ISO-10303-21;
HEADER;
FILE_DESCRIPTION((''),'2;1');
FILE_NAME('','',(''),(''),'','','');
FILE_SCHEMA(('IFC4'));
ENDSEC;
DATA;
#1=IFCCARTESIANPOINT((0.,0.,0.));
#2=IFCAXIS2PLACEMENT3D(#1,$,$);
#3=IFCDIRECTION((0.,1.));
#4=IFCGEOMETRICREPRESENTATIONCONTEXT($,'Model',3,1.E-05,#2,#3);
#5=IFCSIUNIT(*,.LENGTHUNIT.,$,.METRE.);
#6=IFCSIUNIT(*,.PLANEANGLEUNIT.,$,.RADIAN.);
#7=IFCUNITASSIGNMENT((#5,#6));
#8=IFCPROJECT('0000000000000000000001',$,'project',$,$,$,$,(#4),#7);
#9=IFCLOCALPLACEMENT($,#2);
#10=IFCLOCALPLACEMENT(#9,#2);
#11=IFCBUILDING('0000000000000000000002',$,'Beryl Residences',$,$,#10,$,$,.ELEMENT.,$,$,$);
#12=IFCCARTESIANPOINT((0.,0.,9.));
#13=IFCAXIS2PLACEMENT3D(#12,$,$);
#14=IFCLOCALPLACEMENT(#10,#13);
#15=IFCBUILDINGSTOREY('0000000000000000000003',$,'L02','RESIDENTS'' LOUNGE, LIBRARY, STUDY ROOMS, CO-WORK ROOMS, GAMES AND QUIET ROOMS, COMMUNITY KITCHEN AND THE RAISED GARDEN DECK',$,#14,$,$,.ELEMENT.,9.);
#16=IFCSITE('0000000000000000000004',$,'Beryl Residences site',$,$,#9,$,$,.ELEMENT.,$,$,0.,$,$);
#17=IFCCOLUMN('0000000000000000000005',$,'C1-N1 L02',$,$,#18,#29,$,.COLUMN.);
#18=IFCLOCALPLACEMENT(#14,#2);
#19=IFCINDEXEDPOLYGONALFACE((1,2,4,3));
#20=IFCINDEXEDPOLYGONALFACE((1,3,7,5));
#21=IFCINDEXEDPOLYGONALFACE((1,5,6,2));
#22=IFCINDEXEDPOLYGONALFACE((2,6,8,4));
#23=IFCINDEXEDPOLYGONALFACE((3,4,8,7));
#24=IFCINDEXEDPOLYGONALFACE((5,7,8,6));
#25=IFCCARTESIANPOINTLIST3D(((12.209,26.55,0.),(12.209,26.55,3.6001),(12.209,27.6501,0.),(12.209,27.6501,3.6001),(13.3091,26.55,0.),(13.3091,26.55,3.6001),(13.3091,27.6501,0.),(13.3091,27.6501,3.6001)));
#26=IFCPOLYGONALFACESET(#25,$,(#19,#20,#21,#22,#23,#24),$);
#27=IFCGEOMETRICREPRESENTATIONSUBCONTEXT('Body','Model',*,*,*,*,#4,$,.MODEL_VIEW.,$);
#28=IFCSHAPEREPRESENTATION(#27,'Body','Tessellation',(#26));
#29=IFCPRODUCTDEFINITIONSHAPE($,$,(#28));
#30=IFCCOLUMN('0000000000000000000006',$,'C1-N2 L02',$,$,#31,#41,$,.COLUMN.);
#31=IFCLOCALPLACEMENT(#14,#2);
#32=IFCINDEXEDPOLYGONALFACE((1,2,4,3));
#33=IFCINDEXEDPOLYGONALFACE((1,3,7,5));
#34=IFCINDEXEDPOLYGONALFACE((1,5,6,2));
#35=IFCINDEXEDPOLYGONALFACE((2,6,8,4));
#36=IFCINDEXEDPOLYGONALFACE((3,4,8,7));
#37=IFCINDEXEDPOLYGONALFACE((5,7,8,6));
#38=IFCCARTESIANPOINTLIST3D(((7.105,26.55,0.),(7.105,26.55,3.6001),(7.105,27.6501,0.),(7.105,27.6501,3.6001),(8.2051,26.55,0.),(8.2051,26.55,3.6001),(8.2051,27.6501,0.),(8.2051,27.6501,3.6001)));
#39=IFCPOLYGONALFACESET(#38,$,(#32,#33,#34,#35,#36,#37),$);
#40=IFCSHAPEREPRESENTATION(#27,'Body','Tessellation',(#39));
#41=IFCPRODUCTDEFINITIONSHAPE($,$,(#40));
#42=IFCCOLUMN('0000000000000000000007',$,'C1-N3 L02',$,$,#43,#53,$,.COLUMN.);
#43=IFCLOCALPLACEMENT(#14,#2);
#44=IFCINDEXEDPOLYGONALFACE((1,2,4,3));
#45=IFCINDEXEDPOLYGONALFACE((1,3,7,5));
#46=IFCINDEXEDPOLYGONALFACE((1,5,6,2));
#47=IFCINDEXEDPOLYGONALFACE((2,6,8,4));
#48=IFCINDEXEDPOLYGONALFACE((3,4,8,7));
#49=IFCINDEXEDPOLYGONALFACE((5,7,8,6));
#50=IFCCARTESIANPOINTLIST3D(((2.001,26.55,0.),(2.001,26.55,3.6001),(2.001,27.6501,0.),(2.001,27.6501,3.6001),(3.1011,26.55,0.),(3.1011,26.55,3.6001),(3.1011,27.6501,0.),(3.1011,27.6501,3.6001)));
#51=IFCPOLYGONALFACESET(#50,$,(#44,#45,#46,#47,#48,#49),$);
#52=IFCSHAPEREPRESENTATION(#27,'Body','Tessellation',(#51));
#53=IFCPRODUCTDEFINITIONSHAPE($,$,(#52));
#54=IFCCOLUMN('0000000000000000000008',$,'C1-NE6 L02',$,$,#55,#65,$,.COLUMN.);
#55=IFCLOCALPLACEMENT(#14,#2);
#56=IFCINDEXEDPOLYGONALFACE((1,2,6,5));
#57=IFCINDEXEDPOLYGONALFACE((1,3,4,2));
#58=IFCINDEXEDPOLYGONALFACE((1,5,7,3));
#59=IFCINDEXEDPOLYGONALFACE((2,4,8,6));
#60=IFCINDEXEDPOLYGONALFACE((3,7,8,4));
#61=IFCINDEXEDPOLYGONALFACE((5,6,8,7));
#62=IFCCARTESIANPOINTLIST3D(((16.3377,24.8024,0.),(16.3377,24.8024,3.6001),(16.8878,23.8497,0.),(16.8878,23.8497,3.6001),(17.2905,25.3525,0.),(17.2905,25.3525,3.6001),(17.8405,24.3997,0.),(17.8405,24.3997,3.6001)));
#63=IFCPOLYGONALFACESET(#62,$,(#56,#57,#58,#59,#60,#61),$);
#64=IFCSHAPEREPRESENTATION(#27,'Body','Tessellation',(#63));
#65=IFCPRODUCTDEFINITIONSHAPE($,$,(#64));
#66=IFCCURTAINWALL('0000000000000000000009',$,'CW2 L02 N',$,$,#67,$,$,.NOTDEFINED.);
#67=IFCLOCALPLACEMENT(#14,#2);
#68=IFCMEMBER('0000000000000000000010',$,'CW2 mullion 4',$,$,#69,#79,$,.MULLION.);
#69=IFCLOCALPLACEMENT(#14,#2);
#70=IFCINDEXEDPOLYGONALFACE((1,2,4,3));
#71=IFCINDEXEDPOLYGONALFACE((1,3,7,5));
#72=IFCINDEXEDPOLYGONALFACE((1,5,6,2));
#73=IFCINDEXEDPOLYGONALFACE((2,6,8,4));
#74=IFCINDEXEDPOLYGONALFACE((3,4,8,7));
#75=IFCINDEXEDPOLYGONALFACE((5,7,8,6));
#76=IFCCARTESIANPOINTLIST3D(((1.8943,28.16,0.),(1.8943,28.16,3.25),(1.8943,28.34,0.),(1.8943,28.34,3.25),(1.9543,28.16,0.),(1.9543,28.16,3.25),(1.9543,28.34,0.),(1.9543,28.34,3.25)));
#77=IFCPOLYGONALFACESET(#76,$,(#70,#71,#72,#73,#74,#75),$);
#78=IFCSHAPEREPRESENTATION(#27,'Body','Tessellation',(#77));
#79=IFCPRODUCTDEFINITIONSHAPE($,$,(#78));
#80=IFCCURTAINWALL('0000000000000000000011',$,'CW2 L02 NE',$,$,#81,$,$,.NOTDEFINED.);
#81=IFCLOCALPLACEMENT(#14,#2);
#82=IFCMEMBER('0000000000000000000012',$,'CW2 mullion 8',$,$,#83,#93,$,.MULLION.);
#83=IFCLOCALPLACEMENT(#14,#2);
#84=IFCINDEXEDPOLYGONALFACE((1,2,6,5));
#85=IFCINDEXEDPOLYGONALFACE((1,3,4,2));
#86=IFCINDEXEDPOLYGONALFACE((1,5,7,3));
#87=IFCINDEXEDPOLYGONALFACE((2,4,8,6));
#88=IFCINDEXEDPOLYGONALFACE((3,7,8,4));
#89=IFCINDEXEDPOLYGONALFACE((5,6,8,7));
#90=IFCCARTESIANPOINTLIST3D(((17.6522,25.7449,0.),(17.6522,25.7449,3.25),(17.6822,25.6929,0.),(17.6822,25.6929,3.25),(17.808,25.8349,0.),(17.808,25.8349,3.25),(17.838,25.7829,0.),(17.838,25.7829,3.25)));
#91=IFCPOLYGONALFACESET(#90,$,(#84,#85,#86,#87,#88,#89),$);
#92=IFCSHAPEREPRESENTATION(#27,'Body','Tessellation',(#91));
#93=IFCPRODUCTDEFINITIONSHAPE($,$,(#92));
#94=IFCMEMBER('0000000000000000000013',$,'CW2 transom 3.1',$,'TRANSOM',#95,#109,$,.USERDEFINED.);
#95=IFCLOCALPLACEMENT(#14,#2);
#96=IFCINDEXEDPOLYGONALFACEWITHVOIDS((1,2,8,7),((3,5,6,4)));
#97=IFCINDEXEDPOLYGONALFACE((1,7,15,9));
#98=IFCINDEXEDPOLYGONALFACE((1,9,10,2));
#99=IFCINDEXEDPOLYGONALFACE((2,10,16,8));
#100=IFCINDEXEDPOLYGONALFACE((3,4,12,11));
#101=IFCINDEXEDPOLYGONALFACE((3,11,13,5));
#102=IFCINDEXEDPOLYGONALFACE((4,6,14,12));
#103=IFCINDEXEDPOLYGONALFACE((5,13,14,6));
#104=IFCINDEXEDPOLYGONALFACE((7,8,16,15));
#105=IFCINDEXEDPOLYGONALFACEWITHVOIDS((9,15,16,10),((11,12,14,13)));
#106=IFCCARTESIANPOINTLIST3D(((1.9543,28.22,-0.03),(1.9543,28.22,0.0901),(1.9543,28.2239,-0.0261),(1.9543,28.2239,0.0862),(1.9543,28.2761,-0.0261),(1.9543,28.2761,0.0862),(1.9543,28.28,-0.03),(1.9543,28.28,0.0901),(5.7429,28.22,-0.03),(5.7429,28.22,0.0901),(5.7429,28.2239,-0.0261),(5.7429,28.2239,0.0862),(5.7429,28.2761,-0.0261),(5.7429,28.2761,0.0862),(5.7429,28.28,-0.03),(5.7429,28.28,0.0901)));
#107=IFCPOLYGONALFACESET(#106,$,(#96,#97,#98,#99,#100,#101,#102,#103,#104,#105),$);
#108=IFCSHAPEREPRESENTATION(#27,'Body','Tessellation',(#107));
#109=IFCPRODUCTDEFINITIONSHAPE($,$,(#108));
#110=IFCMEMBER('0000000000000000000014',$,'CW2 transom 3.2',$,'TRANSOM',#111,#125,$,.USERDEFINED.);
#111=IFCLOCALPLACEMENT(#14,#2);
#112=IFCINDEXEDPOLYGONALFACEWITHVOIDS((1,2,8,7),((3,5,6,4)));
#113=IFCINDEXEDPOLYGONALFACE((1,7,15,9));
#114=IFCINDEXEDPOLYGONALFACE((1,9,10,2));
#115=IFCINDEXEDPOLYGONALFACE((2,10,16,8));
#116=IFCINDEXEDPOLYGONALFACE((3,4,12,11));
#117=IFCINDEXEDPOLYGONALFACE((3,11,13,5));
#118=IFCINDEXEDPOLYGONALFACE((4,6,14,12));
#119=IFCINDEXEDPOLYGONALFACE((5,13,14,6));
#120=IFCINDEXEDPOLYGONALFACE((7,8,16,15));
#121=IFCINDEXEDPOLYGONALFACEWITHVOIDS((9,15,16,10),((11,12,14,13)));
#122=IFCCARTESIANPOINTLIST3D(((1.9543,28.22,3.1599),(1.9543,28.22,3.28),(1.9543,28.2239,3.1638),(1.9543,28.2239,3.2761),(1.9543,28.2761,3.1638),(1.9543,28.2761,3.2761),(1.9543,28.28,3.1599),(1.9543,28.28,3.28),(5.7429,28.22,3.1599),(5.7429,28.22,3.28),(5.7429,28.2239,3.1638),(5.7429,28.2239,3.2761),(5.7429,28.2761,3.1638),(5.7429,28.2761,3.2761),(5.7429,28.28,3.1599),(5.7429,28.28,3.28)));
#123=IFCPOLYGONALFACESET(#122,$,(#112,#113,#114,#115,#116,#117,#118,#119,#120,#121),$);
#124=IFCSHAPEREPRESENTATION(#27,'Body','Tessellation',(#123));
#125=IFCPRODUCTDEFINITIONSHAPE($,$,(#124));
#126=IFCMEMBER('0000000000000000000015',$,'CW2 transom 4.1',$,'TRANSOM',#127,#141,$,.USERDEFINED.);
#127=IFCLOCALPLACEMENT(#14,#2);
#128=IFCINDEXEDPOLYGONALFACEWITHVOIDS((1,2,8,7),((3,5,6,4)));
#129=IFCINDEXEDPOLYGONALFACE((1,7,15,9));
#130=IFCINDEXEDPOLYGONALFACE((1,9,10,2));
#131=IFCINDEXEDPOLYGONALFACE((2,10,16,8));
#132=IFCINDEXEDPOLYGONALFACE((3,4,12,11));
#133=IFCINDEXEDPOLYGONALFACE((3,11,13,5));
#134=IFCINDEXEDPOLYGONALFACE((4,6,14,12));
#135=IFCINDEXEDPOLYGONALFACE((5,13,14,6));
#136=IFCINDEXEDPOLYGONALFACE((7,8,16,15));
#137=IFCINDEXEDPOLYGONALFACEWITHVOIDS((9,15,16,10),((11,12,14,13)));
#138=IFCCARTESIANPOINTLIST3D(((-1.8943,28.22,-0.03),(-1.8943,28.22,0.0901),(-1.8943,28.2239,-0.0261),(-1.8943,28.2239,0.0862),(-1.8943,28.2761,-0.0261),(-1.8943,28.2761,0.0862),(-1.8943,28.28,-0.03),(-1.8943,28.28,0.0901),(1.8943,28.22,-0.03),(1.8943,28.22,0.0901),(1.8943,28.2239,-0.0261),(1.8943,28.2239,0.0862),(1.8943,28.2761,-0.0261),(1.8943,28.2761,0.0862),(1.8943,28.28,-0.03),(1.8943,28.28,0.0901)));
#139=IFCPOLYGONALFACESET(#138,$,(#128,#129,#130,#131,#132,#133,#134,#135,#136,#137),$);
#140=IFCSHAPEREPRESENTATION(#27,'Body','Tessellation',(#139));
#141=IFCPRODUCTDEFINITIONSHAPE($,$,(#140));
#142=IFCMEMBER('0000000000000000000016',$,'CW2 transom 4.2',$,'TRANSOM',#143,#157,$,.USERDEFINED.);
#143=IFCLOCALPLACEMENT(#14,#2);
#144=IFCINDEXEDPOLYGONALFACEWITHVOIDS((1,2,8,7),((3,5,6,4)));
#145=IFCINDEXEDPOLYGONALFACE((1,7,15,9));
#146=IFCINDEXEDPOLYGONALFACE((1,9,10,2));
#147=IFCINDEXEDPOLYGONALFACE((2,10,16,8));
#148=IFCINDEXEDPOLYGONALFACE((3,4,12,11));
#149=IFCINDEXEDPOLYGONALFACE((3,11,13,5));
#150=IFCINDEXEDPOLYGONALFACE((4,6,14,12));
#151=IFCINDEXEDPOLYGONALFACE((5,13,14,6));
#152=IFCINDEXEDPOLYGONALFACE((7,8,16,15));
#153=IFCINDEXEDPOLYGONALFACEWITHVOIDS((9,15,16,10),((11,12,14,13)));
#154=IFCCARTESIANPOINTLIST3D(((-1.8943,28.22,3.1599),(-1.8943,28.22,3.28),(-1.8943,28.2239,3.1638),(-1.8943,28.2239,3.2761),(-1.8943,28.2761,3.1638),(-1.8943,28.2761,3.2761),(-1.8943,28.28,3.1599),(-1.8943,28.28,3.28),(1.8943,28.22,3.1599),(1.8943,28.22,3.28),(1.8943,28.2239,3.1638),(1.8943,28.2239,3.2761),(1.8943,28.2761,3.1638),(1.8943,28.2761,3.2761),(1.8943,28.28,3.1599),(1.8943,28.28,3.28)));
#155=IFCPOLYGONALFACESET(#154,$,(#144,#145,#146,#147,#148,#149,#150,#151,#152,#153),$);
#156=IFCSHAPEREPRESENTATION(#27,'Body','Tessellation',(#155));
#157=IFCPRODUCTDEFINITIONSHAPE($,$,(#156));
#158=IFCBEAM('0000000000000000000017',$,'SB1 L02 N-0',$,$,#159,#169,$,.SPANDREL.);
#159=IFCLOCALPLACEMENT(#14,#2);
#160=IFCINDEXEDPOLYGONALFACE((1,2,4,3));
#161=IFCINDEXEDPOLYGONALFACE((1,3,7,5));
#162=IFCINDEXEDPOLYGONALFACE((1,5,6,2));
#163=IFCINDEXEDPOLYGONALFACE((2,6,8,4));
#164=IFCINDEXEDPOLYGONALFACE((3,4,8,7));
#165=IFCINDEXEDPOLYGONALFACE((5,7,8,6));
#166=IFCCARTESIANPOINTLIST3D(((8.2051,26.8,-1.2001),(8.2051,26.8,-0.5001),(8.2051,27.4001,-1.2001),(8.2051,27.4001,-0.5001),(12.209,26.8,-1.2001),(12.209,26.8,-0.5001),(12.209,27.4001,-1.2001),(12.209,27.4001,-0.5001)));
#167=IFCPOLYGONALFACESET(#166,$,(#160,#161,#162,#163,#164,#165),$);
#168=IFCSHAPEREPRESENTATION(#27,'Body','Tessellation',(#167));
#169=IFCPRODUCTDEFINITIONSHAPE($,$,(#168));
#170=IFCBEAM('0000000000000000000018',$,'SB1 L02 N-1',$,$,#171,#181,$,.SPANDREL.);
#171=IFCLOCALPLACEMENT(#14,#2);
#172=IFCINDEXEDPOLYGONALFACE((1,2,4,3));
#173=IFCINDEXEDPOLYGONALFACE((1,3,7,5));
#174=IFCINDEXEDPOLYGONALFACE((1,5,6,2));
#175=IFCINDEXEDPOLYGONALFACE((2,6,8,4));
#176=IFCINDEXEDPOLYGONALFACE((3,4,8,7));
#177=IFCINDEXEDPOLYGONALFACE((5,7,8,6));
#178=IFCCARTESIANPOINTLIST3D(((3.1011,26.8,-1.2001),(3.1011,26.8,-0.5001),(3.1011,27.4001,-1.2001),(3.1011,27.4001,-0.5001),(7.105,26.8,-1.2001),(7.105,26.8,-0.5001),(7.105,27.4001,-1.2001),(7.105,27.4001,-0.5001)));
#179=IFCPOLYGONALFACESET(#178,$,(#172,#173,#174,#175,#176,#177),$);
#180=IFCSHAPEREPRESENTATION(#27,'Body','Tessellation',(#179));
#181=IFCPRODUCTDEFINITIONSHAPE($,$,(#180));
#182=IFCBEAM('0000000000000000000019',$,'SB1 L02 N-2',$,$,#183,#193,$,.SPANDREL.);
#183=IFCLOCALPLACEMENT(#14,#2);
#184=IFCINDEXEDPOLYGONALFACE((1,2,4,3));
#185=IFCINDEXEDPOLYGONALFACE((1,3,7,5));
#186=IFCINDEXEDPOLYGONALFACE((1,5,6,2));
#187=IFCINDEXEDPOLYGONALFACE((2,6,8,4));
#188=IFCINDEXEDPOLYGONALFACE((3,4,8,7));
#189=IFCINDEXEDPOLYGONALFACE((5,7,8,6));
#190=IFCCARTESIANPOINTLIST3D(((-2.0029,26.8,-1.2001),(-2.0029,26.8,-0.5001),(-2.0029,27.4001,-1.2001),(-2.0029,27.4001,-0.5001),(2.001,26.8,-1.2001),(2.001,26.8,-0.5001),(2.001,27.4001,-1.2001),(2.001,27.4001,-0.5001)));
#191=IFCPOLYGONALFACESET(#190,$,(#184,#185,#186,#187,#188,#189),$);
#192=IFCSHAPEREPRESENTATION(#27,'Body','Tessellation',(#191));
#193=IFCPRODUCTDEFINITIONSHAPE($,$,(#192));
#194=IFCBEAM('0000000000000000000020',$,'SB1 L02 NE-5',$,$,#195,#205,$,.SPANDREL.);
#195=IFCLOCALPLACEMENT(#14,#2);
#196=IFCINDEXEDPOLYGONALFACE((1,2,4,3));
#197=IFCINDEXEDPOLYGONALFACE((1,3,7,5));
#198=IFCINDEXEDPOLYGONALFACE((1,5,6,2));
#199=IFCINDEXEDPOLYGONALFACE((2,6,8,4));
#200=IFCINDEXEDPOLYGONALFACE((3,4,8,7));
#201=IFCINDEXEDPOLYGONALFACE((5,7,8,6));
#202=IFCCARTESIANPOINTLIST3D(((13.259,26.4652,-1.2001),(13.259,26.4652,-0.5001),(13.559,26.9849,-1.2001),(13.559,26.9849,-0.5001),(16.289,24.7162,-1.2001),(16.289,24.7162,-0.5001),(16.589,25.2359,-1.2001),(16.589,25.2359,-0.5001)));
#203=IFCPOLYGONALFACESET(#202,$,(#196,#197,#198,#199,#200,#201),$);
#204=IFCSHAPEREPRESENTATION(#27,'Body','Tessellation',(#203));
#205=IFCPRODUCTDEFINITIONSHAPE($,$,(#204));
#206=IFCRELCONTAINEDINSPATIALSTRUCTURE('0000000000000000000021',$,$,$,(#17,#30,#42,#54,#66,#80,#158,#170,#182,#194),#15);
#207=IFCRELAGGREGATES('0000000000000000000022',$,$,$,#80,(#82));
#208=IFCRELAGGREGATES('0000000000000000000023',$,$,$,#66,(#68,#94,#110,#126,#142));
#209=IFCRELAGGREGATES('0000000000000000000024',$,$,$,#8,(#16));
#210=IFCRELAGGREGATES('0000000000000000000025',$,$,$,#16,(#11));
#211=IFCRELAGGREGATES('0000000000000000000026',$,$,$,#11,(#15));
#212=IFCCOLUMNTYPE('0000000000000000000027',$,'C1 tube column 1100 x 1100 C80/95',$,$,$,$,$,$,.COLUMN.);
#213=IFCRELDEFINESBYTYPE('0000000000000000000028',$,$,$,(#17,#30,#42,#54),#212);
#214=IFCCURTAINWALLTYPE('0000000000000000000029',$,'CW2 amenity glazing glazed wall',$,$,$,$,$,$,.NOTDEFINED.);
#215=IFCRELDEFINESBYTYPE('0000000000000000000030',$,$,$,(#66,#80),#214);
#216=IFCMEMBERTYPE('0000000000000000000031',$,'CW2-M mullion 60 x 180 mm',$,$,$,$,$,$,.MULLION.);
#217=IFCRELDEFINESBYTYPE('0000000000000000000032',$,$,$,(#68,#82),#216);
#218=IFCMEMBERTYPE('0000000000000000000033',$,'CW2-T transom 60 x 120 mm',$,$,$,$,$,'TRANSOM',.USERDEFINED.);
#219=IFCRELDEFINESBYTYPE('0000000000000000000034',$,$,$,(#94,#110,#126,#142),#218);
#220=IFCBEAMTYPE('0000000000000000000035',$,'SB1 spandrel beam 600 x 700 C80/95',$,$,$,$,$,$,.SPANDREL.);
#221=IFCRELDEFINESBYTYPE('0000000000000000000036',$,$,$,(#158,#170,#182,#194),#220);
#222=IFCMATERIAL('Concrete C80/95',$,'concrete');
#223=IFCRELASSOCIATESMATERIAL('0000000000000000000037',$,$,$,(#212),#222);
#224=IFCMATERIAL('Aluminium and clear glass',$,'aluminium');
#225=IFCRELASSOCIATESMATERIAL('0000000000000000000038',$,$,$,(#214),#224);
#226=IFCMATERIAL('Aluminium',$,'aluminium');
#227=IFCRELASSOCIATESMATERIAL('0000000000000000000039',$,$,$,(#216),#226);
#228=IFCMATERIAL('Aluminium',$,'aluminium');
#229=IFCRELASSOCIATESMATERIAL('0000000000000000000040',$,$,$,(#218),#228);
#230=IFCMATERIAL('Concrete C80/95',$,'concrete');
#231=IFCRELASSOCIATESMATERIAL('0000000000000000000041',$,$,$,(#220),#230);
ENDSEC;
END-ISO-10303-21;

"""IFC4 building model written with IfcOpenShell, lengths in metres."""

from ifc_helpers import new_model, si_unit, direction, frame, origin, origin_2d, place, context, subcontext, project, spatial, rectangle, hollow_rectangle, extrude, material, material_profile, profile_set, type_object, element, aggregate, save


model = new_model("IFC4")

# Units and contexts
model_context = context("Model", 3, precision=1e-05, world=origin(), true_north=direction((0.0, 1.0)))
body_context = subcontext(model_context, "Body", "Model", "MODEL_VIEW")
ifc_project = project(units=[si_unit("LENGTHUNIT", "METRE"), si_unit("PLANEANGLEUNIT", "RADIAN")], contexts=[model_context])

# Site, building, storey
site_placement = place(None, origin())
site = spatial("IfcSite", under=ifc_project, at=site_placement, Name="Beryl Residences site", CompositionType="ELEMENT", RefElevation=0.0)
building_placement = place(site_placement, origin())
building = spatial("IfcBuilding", under=site, at=building_placement, Name="Beryl Residences", CompositionType="ELEMENT")
storey_placement = place(building_placement, frame((0.0, 0.0, 9.0)))
storey = spatial("IfcBuildingStorey", under=building, at=storey_placement, Name="L02", Description="RESIDENTS' LOUNGE, LIBRARY, STUDY ROOMS, CO-WORK ROOMS, GAMES AND QUIET ROOMS, COMMUNITY KITCHEN AND THE RAISED GARDEN DECK", CompositionType="ELEMENT", Elevation=9.0)

# Columns
ifc_material_1 = material(Name="Concrete C80/95", Category="concrete")
ifc_material_profile_1 = material_profile(ifc_material_1, rectangle(XDim=1.1001, YDim=1.1001, at=origin_2d()))
ifc_profile_set_1 = profile_set([ifc_material_profile_1], Name="Concrete C80/95")
column_type = type_object("IfcColumnType", Name="C1 tube column 1100 x 1100 C80/95", PredefinedType="COLUMN", material=ifc_profile_set_1)
for number, where, z_axis, x_axis, name in (
    (1, (12.759, 27.1001, 0.0), (0.0, 0.0, 1.0), (-1.0, 0.0, 0.0), "C1-N1 L02"),
    (2, (7.655, 27.1001, 0.0), (0.0, 0.0, 1.0), (-1.0, 0.0, 0.0), "C1-N2 L02"),
    (3, (2.551, 27.1001, 0.0), (0.0, 0.0, 1.0), (-1.0, 0.0, 0.0), "C1-N3 L02"),
    (4, (17.0891, 24.6011, 0.0), (0.0, 0.0, 1.0), (-0.499985, 0.866034, 0.0), "C1-NE6 L02"),
):
    element("IfcColumn", number, at=place(storey_placement, frame(where, z_axis=z_axis, x_axis=x_axis)), inside=storey, type_object=column_type, Name=name, PredefinedType="COLUMN", context=body_context, shape_type="SweptSolid", body=[
        extrude(rectangle(XDim=1.1001, YDim=1.1001, at=origin_2d()), origin(), (0.0, 0.0, 1.0), 3.6001),
    ])

# Curtain walls, members
ifc_material_2 = material(Name="Aluminium and clear glass", Category="aluminium")
curtain_wall_type = type_object("IfcCurtainWallType", Name="CW2 amenity glazing glazed wall", PredefinedType="NOTDEFINED", material=ifc_material_2)
curtain_wall_1_placement = place(storey_placement, origin())
curtain_wall_1 = element("IfcCurtainWall", 5, at=curtain_wall_1_placement, inside=storey, type_object=curtain_wall_type, Name="CW2 L02 N", PredefinedType="NOTDEFINED")
ifc_material_3 = material(Name="Aluminium", Category="aluminium")
ifc_material_profile_2 = material_profile(ifc_material_3, rectangle(XDim=0.0601, YDim=0.1799, at=origin_2d()))
ifc_profile_set_2 = profile_set([ifc_material_profile_2], Name="Aluminium")
member_type_1 = type_object("IfcMemberType", Name="CW2-M mullion 60 x 180 mm", PredefinedType="MULLION", material=ifc_profile_set_2)
member_1_placement = place(storey_placement, frame((1.9243, 28.25, 0.0), z_axis=(0.0, 0.0, 1.0), x_axis=(-1.0, 0.0, 0.0)))
member_1 = element("IfcMember", 6, at=member_1_placement, type_object=member_type_1, Name="CW2 mullion 4", PredefinedType="MULLION", context=body_context, shape_type="SweptSolid", body=[
    extrude(rectangle(XDim=0.0601, YDim=0.1799, at=origin_2d()), origin(), (0.0, 0.0, 1.0), 3.25),
])
curtain_wall_2_placement = place(storey_placement, origin())
curtain_wall_2 = element("IfcCurtainWall", 7, at=curtain_wall_2_placement, inside=storey, type_object=curtain_wall_type, Name="CW2 L02 NE", PredefinedType="NOTDEFINED")
member_2_placement = place(storey_placement, frame((17.7451, 25.7639, 0.0), z_axis=(0.0, 0.0, 1.0), x_axis=(-0.500012, 0.866019, 0.0)))
member_2 = element("IfcMember", 8, at=member_2_placement, type_object=member_type_1, Name="CW2 mullion 8", PredefinedType="MULLION", context=body_context, shape_type="SweptSolid", body=[
    extrude(rectangle(XDim=0.0601, YDim=0.1799, at=origin_2d()), origin(), (0.0, 0.0, 1.0), 3.25),
])
aggregate(curtain_wall_2, [member_2])

# Members
ifc_material_4 = material(Name="Aluminium", Category="aluminium")
ifc_material_profile_3 = material_profile(ifc_material_4, hollow_rectangle(XDim=0.0601, YDim=0.1201, WallThickness=0.0039, at=origin_2d()))
ifc_profile_set_3 = profile_set([ifc_material_profile_3], Name="Aluminium")
member_type_2 = type_object("IfcMemberType", Name="CW2-T transom 60 x 120 mm", ElementType="TRANSOM", PredefinedType="USERDEFINED", material=ifc_profile_set_3)
member_3_placement = place(storey_placement, frame((5.7429, 28.25, 0.03), z_axis=(-1.0, 0.0, 0.0), x_axis=(0.0, -1.0, 0.0)))
member_3 = element("IfcMember", 9, at=member_3_placement, type_object=member_type_2, Name="CW2 transom 3.1", ObjectType="TRANSOM", PredefinedType="USERDEFINED", context=body_context, shape_type="SweptSolid", body=[
    extrude(hollow_rectangle(XDim=0.0601, YDim=0.1201, WallThickness=0.0039, at=origin_2d()), origin(), (0.0, 0.0, 1.0), 3.7886),
])
member_4_placement = place(storey_placement, frame((5.7429, 28.25, 3.22), z_axis=(-1.0, 0.0, 0.0), x_axis=(0.0, -1.0, 0.0)))
member_4 = element("IfcMember", 10, at=member_4_placement, type_object=member_type_2, Name="CW2 transom 3.2", ObjectType="TRANSOM", PredefinedType="USERDEFINED", context=body_context, shape_type="SweptSolid", body=[
    extrude(hollow_rectangle(XDim=0.0601, YDim=0.1201, WallThickness=0.0039, at=origin_2d()), origin(), (0.0, 0.0, 1.0), 3.7886),
])
member_5_placement = place(storey_placement, frame((1.8943, 28.25, 0.03), z_axis=(-1.0, 0.0, 0.0), x_axis=(0.0, -1.0, 0.0)))
member_5 = element("IfcMember", 11, at=member_5_placement, type_object=member_type_2, Name="CW2 transom 4.1", ObjectType="TRANSOM", PredefinedType="USERDEFINED", context=body_context, shape_type="SweptSolid", body=[
    extrude(hollow_rectangle(XDim=0.0601, YDim=0.1201, WallThickness=0.0039, at=origin_2d()), origin(), (0.0, 0.0, 1.0), 3.7886),
])
member_6_placement = place(storey_placement, frame((1.8943, 28.25, 3.22), z_axis=(-1.0, 0.0, 0.0), x_axis=(0.0, -1.0, 0.0)))
member_6 = element("IfcMember", 12, at=member_6_placement, type_object=member_type_2, Name="CW2 transom 4.2", ObjectType="TRANSOM", PredefinedType="USERDEFINED", context=body_context, shape_type="SweptSolid", body=[
    extrude(hollow_rectangle(XDim=0.0601, YDim=0.1201, WallThickness=0.0039, at=origin_2d()), origin(), (0.0, 0.0, 1.0), 3.7886),
])

# Beams
ifc_material_5 = material(Name="Concrete C80/95", Category="concrete")
ifc_material_profile_4 = material_profile(ifc_material_5, rectangle(XDim=0.6001, YDim=0.7, at=origin_2d()))
ifc_profile_set_4 = profile_set([ifc_material_profile_4], Name="Concrete C80/95")
beam_type = type_object("IfcBeamType", Name="SB1 spandrel beam 600 x 700 C80/95", PredefinedType="SPANDREL", material=ifc_profile_set_4)
for number, where, z_axis, x_axis, name in (
    (13, (12.209, 27.1001, -0.8501), (-1.0, 0.0, 0.0), (0.0, -1.0, 0.0), "SB1 L02 N-0"),
    (14, (7.105, 27.1001, -0.8501), (-1.0, 0.0, 0.0), (0.0, -1.0, 0.0), "SB1 L02 N-1"),
    (15, (2.001, 27.1001, -0.8501), (-1.0, 0.0, 0.0), (0.0, -1.0, 0.0), "SB1 L02 N-2"),
):
    element("IfcBeam", number, at=place(storey_placement, frame(where, z_axis=z_axis, x_axis=x_axis)), inside=storey, type_object=beam_type, Name=name, PredefinedType="SPANDREL", context=body_context, shape_type="SweptSolid", body=[
        extrude(rectangle(XDim=0.6001, YDim=0.7, at=origin_2d()), origin(), (0.0, 0.0, 1.0), 4.0039),
    ])
beam_placement = place(storey_placement, frame((16.439, 24.9761, -0.8501), z_axis=(-0.866071, 0.499922, 0.0), x_axis=(-0.499922, -0.866071, 0.0)))
element("IfcBeam", 16, at=beam_placement, inside=storey, type_object=beam_type, Name="SB1 L02 NE-5", PredefinedType="SPANDREL", context=body_context, shape_type="SweptSolid", body=[
    extrude(rectangle(XDim=0.6001, YDim=0.7, at=origin_2d()), origin(), (0.0, 0.0, 1.0), 3.4985),
])

aggregate(curtain_wall_1, [member_1, member_3, member_4, member_5, member_6])

save(model, "model.ifc")
